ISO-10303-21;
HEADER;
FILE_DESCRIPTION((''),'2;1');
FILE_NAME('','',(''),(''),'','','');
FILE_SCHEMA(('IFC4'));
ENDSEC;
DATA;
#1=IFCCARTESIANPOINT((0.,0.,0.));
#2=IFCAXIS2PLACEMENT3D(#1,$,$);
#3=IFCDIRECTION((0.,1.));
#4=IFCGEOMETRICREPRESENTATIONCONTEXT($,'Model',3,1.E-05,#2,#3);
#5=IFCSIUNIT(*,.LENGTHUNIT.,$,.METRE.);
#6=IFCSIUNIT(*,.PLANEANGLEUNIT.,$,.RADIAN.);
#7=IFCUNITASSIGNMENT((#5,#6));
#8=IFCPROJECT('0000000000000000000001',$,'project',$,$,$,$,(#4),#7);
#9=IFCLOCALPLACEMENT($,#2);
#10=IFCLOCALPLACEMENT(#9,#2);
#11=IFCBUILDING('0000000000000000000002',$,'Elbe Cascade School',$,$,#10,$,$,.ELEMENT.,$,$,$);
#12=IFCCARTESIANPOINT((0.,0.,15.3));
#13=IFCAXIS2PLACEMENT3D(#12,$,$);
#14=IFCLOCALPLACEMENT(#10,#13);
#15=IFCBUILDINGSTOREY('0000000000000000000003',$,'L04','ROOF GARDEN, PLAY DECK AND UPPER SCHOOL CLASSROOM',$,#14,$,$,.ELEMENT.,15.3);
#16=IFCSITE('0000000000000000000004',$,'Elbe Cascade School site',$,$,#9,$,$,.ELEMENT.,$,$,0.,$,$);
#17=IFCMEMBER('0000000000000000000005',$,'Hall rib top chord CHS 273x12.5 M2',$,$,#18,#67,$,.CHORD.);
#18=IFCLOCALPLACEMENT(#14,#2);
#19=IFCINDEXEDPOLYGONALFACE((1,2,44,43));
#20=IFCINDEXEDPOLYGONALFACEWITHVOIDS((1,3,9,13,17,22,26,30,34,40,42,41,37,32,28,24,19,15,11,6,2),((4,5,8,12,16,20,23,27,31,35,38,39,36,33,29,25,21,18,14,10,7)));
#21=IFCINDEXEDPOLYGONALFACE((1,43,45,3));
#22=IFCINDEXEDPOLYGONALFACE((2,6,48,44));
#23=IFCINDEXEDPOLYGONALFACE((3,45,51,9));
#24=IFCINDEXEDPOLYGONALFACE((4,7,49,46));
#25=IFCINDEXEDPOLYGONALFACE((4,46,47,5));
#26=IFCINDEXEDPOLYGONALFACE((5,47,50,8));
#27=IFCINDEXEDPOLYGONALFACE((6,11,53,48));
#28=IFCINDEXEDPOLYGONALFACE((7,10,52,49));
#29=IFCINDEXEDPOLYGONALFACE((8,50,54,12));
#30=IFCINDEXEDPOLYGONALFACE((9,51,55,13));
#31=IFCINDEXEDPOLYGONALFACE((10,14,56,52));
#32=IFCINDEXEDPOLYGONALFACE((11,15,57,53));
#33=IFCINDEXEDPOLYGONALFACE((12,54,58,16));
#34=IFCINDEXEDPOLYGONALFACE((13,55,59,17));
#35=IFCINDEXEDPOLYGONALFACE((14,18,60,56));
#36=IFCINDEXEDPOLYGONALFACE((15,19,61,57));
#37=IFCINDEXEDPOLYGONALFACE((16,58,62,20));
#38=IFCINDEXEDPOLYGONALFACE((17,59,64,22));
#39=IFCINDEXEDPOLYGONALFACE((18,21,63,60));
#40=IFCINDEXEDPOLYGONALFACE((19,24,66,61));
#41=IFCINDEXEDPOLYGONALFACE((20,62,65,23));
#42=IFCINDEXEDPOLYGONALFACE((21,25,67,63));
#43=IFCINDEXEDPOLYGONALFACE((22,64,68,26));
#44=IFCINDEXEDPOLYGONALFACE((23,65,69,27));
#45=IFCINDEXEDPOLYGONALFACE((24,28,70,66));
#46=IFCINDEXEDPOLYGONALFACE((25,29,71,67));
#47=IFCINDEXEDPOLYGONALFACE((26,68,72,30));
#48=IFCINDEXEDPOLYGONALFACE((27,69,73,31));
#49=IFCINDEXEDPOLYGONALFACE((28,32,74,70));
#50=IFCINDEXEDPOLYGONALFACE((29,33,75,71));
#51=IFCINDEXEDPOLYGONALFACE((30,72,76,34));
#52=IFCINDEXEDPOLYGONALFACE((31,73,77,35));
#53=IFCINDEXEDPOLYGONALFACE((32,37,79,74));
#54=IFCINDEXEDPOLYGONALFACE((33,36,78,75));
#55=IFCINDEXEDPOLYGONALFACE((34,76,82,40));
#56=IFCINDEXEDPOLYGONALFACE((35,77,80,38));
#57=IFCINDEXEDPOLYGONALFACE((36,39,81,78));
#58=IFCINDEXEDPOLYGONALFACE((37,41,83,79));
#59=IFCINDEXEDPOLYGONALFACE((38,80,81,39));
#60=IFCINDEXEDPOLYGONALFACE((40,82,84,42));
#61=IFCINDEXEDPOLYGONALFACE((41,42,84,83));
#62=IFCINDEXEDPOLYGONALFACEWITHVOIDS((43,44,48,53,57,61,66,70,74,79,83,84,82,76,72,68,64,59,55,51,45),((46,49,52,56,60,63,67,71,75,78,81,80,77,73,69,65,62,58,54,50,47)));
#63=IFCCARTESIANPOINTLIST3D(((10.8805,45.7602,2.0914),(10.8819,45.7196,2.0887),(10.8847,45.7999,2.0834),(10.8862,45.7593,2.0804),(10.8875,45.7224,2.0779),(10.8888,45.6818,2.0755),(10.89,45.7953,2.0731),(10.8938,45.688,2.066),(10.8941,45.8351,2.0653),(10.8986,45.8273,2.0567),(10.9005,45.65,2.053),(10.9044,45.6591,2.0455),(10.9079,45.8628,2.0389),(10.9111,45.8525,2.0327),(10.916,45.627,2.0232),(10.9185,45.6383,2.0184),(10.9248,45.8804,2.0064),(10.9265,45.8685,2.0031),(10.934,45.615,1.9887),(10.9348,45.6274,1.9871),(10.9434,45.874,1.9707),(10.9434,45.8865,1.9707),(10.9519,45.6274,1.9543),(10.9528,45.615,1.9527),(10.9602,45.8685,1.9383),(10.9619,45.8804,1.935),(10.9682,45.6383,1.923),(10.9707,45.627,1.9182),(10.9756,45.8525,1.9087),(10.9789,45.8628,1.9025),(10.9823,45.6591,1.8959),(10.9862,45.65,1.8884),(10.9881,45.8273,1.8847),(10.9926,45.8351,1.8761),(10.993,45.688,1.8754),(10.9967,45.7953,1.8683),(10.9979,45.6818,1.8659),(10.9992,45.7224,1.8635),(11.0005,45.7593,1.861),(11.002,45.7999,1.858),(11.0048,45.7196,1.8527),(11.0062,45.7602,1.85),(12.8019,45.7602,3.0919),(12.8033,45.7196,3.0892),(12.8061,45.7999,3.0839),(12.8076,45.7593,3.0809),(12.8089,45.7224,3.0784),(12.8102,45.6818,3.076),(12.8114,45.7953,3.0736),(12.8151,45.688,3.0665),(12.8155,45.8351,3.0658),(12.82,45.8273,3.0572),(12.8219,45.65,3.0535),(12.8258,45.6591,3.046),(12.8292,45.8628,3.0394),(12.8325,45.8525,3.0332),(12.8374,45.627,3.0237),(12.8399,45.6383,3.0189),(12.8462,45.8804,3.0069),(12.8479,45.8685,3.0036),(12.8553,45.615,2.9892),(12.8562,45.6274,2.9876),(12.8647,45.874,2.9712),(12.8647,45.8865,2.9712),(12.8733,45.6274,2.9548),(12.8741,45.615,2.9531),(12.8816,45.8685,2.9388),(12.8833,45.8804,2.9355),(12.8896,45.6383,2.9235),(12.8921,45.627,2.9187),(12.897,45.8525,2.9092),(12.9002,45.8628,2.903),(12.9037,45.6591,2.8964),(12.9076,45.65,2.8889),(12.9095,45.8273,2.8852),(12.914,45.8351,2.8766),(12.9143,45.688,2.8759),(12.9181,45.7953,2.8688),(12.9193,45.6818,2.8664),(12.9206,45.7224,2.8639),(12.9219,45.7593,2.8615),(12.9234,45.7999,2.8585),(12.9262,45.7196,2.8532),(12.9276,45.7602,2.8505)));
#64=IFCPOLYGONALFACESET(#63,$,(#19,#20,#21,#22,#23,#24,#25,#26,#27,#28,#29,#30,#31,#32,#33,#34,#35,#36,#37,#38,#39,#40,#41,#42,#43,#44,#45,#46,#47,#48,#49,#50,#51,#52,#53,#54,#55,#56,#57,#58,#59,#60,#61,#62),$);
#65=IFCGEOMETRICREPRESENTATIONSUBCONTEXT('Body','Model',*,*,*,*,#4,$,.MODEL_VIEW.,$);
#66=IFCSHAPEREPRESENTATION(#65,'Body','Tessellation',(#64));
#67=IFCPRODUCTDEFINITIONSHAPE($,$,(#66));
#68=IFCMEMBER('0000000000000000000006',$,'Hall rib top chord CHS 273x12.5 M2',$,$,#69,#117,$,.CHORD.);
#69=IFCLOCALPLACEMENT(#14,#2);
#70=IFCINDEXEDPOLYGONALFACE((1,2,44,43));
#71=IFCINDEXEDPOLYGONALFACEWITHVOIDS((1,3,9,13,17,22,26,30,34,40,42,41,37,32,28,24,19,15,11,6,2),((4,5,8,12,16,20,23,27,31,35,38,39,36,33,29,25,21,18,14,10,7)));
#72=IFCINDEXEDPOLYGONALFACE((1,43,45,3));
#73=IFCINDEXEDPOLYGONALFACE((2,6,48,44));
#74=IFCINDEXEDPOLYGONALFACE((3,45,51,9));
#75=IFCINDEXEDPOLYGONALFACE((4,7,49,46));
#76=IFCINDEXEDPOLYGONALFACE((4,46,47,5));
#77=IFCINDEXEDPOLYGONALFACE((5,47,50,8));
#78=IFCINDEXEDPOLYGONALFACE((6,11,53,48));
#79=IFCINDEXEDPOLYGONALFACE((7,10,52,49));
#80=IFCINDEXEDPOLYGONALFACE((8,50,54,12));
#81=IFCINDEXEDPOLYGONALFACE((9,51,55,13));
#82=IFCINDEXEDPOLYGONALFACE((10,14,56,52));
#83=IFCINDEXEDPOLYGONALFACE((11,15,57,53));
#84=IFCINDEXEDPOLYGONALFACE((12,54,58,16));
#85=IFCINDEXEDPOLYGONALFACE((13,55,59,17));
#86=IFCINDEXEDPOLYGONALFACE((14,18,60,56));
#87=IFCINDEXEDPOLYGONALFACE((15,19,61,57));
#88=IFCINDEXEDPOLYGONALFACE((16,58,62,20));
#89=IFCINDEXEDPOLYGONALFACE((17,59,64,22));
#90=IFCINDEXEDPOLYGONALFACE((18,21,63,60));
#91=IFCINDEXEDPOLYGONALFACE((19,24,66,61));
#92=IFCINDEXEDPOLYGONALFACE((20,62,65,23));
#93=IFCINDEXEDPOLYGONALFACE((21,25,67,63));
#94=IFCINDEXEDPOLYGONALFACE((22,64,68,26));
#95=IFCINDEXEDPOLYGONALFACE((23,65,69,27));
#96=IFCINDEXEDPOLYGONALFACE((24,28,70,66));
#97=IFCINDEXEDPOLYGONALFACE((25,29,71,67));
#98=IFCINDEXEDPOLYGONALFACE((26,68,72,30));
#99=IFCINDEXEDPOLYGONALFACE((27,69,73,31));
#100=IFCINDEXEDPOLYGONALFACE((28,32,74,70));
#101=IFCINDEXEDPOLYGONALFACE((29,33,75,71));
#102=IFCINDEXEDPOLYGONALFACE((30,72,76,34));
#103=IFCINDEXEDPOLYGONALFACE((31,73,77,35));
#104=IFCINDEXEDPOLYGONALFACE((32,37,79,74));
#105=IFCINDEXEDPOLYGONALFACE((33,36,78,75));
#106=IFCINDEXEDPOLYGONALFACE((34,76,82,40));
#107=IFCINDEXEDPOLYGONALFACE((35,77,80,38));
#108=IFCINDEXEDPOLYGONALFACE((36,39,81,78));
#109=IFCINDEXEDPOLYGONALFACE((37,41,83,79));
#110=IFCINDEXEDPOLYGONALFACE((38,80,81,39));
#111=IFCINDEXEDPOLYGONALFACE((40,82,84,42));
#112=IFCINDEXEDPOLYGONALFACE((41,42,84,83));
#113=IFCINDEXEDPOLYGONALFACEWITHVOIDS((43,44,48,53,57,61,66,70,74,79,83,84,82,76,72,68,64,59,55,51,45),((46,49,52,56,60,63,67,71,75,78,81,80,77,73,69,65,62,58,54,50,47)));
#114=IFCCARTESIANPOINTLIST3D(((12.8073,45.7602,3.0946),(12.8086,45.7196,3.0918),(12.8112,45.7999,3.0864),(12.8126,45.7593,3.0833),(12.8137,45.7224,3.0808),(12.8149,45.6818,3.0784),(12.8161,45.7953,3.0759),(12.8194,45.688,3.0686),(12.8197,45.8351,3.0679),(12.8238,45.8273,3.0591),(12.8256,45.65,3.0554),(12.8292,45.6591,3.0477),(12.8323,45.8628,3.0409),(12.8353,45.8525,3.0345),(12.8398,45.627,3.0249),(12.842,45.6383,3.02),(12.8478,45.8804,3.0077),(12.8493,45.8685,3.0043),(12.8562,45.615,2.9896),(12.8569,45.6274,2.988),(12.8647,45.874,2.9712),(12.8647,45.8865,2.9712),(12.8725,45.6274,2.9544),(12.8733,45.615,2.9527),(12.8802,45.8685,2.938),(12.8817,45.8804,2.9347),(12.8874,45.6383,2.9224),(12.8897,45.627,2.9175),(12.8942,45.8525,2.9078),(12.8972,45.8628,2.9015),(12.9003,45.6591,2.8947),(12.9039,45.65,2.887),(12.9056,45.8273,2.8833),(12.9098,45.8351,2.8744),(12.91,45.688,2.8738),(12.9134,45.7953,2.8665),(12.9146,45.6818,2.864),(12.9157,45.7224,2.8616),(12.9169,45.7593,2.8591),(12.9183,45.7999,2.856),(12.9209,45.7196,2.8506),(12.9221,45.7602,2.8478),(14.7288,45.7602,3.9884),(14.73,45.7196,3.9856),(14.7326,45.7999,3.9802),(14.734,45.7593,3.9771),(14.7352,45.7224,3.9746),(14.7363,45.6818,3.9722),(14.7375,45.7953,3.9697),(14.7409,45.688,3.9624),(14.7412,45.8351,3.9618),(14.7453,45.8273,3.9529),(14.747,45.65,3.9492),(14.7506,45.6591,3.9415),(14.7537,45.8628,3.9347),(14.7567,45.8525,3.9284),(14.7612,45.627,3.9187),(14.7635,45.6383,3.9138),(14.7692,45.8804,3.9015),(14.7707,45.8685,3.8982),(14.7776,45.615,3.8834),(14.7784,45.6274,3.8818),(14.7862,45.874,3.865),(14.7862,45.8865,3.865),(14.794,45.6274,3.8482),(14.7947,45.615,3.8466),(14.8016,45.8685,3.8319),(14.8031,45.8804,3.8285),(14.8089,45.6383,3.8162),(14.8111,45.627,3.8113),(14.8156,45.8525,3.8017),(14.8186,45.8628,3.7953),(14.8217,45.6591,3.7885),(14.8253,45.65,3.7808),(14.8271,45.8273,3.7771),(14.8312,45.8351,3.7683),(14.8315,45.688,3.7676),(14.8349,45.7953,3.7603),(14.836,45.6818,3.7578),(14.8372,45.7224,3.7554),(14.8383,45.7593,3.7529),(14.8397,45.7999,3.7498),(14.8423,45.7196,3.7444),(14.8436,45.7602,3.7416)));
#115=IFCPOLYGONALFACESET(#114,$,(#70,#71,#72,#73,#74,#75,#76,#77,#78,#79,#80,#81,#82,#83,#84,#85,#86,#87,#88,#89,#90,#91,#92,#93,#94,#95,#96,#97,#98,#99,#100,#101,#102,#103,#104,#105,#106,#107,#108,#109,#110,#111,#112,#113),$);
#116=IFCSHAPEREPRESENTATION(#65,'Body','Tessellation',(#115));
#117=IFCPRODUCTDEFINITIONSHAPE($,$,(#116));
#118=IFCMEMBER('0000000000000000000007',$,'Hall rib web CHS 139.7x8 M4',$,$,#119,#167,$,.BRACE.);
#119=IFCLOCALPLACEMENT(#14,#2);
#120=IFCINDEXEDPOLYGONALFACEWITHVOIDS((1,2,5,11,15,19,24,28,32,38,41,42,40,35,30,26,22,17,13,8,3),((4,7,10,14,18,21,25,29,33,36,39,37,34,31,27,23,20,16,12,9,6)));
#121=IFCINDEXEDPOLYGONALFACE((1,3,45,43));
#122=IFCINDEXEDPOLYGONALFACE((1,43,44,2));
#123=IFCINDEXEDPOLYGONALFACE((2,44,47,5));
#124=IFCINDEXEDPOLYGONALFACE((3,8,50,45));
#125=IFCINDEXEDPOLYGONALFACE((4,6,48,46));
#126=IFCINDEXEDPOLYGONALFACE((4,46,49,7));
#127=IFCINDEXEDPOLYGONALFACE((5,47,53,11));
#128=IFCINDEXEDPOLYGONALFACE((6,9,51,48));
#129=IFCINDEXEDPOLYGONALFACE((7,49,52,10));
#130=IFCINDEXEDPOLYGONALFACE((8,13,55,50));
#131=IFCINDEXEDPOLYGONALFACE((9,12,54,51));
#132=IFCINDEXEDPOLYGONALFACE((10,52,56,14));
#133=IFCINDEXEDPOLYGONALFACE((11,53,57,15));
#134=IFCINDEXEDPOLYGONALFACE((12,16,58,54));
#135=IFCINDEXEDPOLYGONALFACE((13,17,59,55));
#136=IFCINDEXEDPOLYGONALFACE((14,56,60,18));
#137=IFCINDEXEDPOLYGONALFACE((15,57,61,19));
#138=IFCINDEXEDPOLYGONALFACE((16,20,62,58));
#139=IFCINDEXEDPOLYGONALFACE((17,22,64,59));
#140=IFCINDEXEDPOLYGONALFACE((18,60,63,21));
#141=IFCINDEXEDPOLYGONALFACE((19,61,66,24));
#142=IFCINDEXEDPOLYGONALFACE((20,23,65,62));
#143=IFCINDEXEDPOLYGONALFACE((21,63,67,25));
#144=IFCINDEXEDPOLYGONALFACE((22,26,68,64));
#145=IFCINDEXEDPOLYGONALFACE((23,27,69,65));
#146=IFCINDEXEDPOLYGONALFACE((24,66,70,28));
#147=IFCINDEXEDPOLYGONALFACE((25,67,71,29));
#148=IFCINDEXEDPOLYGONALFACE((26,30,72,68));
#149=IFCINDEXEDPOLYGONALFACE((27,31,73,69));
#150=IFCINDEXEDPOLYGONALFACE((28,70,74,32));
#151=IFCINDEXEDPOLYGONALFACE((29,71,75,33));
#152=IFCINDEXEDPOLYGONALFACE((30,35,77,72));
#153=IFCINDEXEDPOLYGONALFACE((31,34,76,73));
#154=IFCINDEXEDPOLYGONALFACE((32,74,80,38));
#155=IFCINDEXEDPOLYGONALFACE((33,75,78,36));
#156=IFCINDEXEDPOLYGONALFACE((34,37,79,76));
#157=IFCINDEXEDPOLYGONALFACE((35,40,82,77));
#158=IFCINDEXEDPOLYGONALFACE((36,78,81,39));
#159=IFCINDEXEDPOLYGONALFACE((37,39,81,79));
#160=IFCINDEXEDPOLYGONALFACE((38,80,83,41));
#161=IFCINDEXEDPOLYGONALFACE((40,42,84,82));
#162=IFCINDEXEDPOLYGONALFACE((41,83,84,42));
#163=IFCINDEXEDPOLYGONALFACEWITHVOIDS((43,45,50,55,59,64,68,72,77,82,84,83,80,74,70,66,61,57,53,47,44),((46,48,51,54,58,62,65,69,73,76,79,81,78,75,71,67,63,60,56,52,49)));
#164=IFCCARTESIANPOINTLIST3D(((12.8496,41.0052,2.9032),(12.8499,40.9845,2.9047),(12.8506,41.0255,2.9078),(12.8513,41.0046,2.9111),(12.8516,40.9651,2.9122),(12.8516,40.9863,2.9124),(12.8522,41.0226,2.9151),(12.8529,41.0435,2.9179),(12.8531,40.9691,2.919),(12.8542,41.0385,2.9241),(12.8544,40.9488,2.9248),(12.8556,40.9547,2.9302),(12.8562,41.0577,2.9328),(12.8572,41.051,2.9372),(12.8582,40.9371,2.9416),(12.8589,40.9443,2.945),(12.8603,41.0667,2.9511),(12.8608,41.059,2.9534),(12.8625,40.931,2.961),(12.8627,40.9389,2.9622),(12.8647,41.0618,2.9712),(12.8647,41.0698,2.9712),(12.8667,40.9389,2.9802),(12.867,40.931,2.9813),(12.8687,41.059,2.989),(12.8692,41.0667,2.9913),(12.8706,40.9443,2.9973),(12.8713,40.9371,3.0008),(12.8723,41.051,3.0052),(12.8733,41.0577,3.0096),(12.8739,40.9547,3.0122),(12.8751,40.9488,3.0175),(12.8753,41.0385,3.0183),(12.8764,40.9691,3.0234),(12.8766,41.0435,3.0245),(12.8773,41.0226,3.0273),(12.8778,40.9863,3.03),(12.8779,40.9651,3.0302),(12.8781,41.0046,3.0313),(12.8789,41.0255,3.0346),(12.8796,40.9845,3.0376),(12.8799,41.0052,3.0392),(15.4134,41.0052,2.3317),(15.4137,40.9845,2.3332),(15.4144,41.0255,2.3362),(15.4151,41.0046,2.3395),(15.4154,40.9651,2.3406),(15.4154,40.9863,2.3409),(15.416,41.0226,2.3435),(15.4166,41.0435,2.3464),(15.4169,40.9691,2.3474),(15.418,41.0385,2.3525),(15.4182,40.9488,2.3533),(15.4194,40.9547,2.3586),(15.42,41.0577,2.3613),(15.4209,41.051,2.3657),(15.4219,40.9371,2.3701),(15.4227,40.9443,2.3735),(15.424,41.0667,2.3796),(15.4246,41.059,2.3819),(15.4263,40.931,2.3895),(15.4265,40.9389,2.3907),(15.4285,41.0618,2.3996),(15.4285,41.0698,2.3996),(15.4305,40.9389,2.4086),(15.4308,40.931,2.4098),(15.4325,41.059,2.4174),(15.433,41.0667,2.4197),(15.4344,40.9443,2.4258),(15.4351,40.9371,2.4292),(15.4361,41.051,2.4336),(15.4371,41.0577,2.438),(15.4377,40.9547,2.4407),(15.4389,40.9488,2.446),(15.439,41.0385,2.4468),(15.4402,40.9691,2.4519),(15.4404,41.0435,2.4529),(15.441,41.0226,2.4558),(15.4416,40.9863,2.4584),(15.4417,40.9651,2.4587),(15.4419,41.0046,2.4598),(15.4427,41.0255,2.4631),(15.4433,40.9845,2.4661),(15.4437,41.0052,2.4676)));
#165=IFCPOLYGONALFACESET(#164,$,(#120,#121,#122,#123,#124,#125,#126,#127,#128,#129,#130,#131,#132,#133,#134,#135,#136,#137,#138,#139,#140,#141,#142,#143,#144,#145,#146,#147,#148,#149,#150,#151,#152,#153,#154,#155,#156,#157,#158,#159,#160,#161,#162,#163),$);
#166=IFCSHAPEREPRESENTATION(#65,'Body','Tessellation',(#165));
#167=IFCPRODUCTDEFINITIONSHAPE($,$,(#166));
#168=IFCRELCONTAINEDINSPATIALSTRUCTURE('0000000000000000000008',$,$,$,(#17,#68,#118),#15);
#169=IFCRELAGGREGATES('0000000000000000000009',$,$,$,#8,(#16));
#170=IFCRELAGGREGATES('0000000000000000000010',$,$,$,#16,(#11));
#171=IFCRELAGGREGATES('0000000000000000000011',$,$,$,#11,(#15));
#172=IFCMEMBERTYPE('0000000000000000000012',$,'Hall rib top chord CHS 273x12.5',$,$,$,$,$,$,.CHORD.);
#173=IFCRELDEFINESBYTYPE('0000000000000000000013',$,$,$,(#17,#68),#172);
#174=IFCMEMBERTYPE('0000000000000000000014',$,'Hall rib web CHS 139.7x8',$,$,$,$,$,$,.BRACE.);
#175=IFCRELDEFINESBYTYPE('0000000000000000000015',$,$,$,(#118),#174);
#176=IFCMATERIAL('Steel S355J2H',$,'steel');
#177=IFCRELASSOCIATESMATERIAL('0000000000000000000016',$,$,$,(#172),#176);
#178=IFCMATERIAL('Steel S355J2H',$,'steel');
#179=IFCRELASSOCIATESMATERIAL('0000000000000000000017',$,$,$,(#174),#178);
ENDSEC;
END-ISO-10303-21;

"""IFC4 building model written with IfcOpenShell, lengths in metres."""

from ifc_helpers import new_model, si_unit, direction, frame, origin, origin_2d, place, context, subcontext, project, spatial, hollow_circle, extrude, material, material_profile, profile_set, type_object, element, save


model = new_model("IFC4")

# Units and contexts
model_context = context("Model", 3, precision=1e-05, world=origin(), true_north=direction((0.0, 1.0)))
body_context = subcontext(model_context, "Body", "Model", "MODEL_VIEW")
ifc_project = project(units=[si_unit("LENGTHUNIT", "METRE"), si_unit("PLANEANGLEUNIT", "RADIAN")], contexts=[model_context])

# Site, building, storey
site_placement = place(None, origin())
site = spatial("IfcSite", under=ifc_project, at=site_placement, Name="Elbe Cascade School site", CompositionType="ELEMENT", RefElevation=0.0)
building_placement = place(site_placement, origin())
building = spatial("IfcBuilding", under=site, at=building_placement, Name="Elbe Cascade School", CompositionType="ELEMENT")
storey_placement = place(building_placement, frame((0.0, 0.0, 15.3)))
storey = spatial("IfcBuildingStorey", under=building, at=storey_placement, Name="L04", Description="ROOF GARDEN, PLAY DECK AND UPPER SCHOOL CLASSROOM", CompositionType="ELEMENT", Elevation=15.3)

# Members
ifc_material_1 = material(Name="Steel S355J2H", Category="steel")
ifc_material_profile_1 = material_profile(ifc_material_1, hollow_circle(Radius=0.1365, WallThickness=0.0125, at=origin_2d()), Name="CHS 273x12.5")
ifc_profile_set_1 = profile_set([ifc_material_profile_1], Name="Steel S355J2H")
member_type_1 = type_object("IfcMemberType", Name="Hall rib top chord CHS 273x12.5", PredefinedType="CHORD", material=ifc_profile_set_1)
member_1_placement = place(storey_placement, frame((10.9434, 45.75, 1.9707), z_axis=(0.886958, 0.0, 0.461849), x_axis=(0.0, 1.0, 0.0)))
element("IfcMember", 1, at=member_1_placement, inside=storey, type_object=member_type_1, Name="Hall rib top chord CHS 273x12.5 M2", PredefinedType="CHORD", context=body_context, shape_type="SweptSolid", body=[
    extrude(hollow_circle(Radius=0.1365, WallThickness=0.0125, at=origin_2d()), origin(), (0.0, 0.0, 1.0), 2.1663),
])
member_2_placement = place(storey_placement, frame((12.8647, 45.75, 2.9712), z_axis=(0.906698, 0.0, 0.421781), x_axis=(0.0, 1.0, 0.0)))
element("IfcMember", 2, at=member_2_placement, inside=storey, type_object=member_type_1, Name="Hall rib top chord CHS 273x12.5 M2", PredefinedType="CHORD", context=body_context, shape_type="SweptSolid", body=[
    extrude(hollow_circle(Radius=0.1365, WallThickness=0.0125, at=origin_2d()), origin(), (0.0, 0.0, 1.0), 2.1191),
])
ifc_material_2 = material(Name="Steel S355J2H", Category="steel")
ifc_material_profile_2 = material_profile(ifc_material_2, hollow_circle(Radius=0.0698, WallThickness=0.0081, at=origin_2d()), Name="CHS 139.7x8")
ifc_profile_set_2 = profile_set([ifc_material_profile_2], Name="Steel S355J2H")
member_type_2 = type_object("IfcMemberType", Name="Hall rib web CHS 139.7x8", PredefinedType="BRACE", material=ifc_profile_set_2)
member_3_placement = place(storey_placement, frame((12.8647, 41.0, 2.9712), z_axis=(0.97604, 0.0, -0.21759), x_axis=(0.0, 1.0, 0.0)))
element("IfcMember", 3, at=member_3_placement, inside=storey, type_object=member_type_2, Name="Hall rib web CHS 139.7x8 M4", PredefinedType="BRACE", context=body_context, shape_type="SweptSolid", body=[
    extrude(hollow_circle(Radius=0.0698, WallThickness=0.0081, at=origin_2d()), origin(), (0.0, 0.0, 1.0), 2.6267),
])

save(model, "model.ifc")
